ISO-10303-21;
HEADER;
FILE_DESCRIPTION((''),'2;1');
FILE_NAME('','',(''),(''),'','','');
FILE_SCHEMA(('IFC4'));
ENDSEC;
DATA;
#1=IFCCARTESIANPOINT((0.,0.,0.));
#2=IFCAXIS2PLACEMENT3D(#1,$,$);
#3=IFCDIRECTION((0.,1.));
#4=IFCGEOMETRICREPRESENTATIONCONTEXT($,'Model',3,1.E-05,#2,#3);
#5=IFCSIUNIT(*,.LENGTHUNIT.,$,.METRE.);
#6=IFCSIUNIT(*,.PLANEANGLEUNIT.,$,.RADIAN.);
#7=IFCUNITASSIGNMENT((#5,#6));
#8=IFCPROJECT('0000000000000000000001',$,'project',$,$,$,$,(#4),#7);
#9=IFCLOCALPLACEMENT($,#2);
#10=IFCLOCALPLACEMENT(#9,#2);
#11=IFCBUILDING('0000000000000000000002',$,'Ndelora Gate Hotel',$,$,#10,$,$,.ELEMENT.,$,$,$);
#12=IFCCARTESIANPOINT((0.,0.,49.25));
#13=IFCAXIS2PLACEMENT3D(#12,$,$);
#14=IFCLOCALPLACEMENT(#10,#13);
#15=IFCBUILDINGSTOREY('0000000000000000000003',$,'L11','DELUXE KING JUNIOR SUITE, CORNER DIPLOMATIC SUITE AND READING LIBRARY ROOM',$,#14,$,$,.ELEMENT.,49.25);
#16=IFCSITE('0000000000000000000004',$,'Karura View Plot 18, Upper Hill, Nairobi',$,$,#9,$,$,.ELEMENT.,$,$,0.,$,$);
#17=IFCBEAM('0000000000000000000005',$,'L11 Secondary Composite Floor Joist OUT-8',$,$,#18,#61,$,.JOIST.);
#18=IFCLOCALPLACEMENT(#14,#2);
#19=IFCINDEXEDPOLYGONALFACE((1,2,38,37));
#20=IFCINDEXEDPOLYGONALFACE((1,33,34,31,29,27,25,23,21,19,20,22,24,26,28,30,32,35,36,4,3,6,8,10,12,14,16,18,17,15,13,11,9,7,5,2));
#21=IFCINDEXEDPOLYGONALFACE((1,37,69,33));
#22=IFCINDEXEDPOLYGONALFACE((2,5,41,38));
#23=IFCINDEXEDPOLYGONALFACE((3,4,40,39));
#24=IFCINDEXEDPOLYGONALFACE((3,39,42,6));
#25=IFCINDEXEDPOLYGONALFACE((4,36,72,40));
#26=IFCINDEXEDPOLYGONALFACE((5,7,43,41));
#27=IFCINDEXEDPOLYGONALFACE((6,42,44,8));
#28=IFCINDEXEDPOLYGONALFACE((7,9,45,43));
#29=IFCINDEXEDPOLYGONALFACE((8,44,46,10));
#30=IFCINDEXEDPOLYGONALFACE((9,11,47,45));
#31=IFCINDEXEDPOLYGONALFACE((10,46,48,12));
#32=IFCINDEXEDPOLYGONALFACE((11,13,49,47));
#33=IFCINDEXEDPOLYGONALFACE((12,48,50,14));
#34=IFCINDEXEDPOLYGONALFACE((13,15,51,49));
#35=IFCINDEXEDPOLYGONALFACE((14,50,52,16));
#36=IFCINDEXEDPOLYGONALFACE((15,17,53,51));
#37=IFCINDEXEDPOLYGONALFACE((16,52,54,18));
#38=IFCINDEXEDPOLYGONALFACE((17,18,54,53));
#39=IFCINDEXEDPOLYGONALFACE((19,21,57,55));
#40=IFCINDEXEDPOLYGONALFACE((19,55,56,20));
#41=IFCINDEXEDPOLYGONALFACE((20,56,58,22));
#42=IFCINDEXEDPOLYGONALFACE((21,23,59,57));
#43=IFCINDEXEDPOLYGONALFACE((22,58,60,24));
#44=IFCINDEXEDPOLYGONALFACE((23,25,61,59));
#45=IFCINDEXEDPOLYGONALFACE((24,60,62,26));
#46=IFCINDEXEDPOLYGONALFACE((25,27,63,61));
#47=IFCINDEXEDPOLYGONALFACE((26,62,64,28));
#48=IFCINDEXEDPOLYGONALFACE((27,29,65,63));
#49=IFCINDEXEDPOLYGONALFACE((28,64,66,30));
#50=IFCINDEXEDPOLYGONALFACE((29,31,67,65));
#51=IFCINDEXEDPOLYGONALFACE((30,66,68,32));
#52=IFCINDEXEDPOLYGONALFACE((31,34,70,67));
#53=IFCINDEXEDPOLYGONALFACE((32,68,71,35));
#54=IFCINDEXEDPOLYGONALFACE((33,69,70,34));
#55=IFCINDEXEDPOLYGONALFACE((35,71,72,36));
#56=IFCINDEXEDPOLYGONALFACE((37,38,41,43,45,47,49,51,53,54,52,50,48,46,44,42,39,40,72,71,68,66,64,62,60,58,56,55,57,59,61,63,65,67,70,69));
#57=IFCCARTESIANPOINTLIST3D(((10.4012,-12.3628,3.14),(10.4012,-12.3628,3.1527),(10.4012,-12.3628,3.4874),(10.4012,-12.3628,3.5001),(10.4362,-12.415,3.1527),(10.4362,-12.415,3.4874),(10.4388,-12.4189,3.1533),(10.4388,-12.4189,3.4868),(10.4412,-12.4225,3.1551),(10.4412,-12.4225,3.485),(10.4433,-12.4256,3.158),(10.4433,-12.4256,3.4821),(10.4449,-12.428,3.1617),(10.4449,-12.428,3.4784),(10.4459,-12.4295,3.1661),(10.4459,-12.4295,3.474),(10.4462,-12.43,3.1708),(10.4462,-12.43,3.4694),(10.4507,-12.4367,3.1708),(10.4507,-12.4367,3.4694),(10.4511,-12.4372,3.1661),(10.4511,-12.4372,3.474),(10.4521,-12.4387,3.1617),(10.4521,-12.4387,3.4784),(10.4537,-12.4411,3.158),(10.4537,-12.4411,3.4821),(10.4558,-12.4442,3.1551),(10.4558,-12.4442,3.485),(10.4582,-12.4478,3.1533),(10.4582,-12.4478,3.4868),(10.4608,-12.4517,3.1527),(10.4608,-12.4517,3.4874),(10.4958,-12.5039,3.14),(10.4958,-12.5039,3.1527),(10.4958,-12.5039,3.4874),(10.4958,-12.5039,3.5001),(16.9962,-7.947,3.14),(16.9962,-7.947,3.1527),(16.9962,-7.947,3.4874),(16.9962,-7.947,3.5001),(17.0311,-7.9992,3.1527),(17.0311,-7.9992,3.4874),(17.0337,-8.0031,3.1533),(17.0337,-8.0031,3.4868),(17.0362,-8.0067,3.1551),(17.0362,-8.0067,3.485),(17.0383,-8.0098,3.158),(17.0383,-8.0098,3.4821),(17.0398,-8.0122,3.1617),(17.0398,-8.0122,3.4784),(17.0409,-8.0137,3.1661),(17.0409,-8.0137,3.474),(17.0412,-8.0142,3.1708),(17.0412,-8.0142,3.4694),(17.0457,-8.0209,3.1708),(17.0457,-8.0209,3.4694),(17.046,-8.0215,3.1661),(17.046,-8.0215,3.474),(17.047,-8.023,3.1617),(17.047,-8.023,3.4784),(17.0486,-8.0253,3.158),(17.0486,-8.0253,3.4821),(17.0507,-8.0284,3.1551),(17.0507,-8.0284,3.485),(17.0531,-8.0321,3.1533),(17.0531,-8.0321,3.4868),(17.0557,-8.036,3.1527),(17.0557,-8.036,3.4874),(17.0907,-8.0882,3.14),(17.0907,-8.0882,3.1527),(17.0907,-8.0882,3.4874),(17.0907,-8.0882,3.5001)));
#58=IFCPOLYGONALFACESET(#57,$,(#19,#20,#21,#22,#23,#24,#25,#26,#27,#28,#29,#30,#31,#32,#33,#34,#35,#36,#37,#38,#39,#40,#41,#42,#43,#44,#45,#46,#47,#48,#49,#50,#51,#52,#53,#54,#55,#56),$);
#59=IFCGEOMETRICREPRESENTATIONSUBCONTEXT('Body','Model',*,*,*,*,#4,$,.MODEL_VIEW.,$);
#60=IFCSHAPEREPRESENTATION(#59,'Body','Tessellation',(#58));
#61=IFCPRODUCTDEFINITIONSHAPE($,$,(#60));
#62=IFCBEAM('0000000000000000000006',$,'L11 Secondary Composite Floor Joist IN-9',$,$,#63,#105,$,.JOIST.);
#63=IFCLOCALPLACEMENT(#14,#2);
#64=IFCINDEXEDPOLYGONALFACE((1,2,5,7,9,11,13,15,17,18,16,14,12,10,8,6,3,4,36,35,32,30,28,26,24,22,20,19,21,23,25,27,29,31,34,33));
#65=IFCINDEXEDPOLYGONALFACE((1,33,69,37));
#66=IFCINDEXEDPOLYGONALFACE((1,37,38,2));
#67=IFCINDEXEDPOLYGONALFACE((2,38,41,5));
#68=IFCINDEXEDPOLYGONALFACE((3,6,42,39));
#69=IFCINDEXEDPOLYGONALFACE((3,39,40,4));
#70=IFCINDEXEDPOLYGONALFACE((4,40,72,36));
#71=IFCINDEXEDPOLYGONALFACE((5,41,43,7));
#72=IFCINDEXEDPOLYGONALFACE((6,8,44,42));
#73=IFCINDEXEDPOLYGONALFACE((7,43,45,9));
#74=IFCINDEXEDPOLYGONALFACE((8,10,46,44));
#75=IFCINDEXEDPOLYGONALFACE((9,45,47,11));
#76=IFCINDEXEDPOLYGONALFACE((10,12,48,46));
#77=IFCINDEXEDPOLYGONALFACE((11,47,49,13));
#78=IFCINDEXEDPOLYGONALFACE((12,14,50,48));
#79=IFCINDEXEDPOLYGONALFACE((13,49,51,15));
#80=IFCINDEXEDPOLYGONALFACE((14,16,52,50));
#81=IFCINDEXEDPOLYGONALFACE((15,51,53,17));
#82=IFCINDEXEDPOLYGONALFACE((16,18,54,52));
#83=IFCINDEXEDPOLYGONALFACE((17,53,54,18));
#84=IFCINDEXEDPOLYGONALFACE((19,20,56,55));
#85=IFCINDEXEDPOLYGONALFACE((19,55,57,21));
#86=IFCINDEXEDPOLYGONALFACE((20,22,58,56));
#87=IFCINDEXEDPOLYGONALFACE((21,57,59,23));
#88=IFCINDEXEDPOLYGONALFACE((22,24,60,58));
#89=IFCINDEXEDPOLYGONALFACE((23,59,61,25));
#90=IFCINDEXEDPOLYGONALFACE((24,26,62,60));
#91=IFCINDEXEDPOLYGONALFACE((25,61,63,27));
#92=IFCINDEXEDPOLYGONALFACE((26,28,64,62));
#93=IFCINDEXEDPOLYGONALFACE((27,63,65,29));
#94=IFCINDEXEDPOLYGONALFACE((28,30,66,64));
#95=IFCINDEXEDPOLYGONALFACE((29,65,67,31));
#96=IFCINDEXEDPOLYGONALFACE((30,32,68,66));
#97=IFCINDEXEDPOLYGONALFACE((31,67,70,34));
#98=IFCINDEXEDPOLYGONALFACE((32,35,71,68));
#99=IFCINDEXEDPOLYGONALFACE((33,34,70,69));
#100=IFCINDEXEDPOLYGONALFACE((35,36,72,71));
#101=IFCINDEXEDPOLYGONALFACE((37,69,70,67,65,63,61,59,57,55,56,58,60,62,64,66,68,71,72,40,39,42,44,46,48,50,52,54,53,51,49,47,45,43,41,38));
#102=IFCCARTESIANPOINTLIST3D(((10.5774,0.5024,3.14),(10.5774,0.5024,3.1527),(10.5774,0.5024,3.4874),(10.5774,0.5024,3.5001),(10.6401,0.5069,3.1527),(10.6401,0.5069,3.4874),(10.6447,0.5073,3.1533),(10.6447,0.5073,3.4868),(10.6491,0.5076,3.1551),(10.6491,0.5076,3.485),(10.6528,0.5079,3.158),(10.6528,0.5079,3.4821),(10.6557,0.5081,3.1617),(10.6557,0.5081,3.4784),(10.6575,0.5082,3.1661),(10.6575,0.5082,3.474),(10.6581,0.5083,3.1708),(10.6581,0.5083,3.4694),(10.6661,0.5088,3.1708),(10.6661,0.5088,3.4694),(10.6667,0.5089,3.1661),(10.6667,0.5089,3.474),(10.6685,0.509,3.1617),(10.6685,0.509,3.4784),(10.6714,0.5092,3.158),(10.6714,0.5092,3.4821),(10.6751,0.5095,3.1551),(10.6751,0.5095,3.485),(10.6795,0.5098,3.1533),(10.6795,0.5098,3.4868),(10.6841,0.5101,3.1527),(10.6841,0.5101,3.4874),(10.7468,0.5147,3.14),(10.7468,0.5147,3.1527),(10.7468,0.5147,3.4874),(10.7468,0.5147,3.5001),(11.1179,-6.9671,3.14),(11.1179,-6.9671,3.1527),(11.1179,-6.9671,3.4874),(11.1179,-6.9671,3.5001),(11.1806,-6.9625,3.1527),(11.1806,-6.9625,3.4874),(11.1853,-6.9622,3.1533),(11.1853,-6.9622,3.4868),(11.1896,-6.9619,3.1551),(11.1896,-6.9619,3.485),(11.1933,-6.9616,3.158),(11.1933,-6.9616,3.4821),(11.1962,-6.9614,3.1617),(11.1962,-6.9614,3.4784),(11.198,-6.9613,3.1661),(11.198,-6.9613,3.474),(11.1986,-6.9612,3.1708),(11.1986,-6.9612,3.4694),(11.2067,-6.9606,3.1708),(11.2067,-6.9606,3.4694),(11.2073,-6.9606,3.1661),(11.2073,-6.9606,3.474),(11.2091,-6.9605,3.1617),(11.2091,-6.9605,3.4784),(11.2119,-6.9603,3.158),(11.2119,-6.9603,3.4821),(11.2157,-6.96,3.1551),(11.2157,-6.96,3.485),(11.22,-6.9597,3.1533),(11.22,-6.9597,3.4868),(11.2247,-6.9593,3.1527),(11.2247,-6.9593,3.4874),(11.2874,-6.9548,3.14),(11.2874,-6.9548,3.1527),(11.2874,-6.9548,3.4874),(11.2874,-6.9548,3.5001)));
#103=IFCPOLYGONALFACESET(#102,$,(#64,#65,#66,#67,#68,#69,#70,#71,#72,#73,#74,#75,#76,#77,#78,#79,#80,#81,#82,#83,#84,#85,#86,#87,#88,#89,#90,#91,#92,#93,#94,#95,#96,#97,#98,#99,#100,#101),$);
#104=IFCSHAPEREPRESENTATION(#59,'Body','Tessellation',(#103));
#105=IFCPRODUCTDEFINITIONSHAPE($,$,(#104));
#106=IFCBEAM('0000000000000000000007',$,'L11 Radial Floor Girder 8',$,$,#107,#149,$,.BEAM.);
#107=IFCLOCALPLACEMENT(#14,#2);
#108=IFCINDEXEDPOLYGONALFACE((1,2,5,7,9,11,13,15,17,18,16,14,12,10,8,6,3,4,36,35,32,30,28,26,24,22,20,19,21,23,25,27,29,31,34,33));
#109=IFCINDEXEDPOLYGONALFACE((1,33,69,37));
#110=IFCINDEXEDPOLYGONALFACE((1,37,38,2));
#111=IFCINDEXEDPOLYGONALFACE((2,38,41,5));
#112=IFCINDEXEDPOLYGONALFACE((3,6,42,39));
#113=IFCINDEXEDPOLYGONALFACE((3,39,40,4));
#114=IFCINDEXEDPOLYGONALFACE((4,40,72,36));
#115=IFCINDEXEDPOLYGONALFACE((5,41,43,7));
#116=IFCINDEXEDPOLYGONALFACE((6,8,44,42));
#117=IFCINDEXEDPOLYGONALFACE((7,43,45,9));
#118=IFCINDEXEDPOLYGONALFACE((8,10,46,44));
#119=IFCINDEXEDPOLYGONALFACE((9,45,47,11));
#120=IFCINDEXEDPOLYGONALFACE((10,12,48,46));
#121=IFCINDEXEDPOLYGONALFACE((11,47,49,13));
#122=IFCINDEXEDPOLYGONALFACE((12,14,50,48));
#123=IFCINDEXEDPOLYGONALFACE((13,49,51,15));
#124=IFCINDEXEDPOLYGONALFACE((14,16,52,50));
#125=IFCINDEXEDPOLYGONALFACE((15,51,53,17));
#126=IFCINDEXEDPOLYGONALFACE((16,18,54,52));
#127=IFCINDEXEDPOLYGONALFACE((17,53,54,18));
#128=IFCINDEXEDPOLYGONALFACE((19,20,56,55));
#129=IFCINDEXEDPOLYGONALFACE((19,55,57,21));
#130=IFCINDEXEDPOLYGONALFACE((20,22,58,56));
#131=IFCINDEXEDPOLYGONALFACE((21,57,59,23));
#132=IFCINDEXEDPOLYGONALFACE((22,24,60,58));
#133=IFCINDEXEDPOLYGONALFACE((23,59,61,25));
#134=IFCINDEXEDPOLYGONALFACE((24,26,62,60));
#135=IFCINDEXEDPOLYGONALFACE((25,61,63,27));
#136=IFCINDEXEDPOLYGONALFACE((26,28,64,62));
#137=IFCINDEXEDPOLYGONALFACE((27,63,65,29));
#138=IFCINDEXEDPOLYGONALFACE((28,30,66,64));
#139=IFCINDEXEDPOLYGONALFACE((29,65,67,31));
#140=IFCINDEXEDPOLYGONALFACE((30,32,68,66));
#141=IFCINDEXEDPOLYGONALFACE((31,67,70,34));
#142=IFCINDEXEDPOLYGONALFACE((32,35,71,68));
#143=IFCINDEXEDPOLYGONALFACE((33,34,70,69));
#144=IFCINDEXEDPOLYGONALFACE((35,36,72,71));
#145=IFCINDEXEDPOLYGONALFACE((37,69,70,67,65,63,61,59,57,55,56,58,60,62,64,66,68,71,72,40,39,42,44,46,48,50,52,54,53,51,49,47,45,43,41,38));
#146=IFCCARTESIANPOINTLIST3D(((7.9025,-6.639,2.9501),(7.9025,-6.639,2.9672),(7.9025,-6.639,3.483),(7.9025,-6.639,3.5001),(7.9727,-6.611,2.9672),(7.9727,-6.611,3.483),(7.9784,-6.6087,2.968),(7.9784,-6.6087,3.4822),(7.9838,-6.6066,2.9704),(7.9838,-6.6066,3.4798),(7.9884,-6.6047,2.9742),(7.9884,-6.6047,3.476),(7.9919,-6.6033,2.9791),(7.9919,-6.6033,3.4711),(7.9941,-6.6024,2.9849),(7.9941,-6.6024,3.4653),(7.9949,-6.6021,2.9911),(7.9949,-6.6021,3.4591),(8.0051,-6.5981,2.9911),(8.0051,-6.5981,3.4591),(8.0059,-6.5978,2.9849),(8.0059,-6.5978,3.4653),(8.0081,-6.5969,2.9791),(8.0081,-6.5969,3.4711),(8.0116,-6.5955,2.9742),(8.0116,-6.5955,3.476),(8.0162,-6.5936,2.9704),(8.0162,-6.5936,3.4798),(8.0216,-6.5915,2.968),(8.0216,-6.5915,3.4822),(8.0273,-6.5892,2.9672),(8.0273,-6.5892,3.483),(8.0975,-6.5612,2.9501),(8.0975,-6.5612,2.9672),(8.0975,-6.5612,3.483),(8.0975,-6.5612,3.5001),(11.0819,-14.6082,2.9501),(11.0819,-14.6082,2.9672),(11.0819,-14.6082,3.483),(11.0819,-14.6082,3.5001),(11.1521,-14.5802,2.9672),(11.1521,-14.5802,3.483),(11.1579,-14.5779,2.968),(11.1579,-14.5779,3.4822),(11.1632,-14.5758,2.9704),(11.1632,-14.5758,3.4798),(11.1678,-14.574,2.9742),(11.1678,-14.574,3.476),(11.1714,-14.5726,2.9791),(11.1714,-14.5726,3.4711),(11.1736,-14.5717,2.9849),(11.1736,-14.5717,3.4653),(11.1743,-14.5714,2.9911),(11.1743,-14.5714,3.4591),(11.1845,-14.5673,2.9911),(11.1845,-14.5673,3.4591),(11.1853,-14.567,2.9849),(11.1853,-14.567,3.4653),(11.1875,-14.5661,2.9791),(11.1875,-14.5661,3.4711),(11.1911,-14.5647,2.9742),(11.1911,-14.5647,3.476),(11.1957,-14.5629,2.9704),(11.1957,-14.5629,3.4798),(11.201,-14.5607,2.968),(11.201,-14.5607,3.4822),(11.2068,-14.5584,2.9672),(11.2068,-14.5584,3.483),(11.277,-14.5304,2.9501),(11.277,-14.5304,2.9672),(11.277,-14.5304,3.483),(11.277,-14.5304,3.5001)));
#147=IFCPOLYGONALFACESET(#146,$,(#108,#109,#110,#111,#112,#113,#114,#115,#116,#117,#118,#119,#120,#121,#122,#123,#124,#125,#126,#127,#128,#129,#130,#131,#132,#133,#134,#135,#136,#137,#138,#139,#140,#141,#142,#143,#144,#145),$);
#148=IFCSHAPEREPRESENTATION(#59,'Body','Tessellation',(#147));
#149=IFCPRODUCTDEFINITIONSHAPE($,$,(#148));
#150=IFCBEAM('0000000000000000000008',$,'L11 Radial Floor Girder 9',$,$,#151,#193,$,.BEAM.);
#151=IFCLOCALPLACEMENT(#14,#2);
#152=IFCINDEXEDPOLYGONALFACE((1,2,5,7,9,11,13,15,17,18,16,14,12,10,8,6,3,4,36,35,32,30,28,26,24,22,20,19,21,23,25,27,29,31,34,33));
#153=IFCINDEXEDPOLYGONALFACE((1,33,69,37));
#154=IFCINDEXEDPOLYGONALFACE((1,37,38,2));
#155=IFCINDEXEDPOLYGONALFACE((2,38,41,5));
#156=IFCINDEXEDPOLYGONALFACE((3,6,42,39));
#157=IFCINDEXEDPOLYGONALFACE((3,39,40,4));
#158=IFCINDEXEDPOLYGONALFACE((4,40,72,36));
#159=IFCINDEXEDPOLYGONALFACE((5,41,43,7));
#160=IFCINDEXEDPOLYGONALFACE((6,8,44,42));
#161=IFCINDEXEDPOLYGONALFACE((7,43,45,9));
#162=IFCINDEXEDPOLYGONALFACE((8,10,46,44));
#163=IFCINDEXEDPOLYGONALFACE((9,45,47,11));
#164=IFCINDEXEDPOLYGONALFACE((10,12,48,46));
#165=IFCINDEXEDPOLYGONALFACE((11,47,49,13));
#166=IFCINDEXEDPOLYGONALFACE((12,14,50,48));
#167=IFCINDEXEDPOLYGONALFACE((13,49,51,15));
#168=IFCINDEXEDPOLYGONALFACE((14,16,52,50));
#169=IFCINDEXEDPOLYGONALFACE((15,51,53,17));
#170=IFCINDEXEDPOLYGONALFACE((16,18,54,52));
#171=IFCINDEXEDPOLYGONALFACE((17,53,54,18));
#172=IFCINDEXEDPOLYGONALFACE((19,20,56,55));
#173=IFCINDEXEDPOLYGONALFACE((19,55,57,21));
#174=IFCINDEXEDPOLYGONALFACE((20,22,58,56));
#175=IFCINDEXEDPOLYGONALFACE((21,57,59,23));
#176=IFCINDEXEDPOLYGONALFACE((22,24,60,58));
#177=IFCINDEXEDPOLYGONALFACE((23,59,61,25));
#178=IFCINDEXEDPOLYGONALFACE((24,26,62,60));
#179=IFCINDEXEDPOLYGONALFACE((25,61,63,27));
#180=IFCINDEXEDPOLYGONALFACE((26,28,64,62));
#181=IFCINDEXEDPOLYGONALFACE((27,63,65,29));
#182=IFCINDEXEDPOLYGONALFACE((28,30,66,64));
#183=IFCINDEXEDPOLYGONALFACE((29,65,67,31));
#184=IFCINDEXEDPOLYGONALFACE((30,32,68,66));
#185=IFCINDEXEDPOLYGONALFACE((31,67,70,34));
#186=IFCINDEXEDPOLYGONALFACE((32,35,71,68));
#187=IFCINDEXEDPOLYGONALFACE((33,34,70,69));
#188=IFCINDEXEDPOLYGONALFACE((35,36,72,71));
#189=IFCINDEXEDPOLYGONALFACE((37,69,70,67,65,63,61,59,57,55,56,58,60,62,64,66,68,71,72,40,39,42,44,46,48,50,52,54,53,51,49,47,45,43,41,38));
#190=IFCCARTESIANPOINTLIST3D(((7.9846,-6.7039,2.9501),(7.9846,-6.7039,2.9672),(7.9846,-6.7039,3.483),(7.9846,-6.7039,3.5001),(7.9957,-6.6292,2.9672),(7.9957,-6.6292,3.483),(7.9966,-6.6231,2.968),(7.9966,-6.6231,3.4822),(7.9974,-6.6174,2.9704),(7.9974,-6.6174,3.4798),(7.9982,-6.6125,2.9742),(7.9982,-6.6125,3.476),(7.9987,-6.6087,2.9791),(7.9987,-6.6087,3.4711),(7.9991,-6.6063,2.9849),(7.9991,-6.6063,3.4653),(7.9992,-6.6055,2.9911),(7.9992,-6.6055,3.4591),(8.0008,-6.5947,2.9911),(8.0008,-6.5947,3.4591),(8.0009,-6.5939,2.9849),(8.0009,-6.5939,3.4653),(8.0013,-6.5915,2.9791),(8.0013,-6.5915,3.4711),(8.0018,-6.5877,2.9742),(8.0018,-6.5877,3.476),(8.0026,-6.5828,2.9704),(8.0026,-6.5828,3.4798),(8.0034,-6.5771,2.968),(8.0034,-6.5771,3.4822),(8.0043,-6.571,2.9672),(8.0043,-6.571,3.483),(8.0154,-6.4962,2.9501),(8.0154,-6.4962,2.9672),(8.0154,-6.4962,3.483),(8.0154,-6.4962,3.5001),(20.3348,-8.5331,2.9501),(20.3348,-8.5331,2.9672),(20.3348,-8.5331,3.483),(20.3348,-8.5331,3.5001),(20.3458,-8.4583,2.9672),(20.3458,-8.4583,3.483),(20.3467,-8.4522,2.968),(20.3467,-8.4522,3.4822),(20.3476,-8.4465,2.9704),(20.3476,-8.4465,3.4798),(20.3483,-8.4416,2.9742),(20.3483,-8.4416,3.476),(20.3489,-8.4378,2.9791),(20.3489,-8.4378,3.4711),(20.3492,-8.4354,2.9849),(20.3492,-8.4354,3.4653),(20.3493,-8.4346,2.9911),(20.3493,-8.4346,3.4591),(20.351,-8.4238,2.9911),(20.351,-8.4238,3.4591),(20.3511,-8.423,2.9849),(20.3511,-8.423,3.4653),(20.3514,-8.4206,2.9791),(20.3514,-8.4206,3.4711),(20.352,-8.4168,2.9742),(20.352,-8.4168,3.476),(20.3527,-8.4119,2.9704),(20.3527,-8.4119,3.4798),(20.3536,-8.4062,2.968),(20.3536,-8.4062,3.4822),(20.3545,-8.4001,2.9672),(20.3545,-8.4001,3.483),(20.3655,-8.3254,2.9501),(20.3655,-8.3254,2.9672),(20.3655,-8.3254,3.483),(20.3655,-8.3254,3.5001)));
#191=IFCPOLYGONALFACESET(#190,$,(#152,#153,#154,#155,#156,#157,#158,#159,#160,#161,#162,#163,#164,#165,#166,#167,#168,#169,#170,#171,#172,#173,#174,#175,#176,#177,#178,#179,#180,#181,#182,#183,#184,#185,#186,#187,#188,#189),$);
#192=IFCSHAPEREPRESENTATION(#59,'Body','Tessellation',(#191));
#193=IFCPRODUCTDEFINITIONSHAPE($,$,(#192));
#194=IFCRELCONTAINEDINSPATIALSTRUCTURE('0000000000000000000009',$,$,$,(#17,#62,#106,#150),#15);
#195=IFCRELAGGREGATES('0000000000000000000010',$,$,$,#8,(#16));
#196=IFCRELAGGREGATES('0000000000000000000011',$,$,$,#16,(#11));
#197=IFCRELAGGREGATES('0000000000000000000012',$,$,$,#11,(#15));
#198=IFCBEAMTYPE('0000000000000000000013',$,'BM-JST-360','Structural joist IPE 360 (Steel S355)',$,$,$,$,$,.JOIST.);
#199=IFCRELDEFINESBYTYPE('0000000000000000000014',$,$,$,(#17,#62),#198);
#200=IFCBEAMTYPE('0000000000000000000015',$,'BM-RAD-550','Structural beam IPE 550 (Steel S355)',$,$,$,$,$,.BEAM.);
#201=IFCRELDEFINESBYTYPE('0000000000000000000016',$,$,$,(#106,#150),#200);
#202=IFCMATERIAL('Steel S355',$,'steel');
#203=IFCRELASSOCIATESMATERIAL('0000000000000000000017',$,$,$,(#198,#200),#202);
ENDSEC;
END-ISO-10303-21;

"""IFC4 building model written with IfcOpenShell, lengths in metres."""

from ifc_helpers import new_model, si_unit, direction, frame, origin, origin_2d, place, context, subcontext, project, spatial, i_section, extrude, material, material_profile, profile_set, type_object, element, save


model = new_model("IFC4")

# Units and contexts
model_context = context("Model", 3, precision=1e-05, world=origin(), true_north=direction((0.0, 1.0)))
body_context = subcontext(model_context, "Body", "Model", "MODEL_VIEW")
ifc_project = project(units=[si_unit("LENGTHUNIT", "METRE"), si_unit("PLANEANGLEUNIT", "RADIAN")], contexts=[model_context])

# Site, building, storey
site_placement = place(None, origin())
site = spatial("IfcSite", under=ifc_project, at=site_placement, Name="Karura View Plot 18, Upper Hill, Nairobi", CompositionType="ELEMENT", RefElevation=0.0)
building_placement = place(site_placement, origin())
building = spatial("IfcBuilding", under=site, at=building_placement, Name="Ndelora Gate Hotel", CompositionType="ELEMENT")
storey_placement = place(building_placement, frame((0.0, 0.0, 49.25)))
storey = spatial("IfcBuildingStorey", under=building, at=storey_placement, Name="L11", Description="DELUXE KING JUNIOR SUITE, CORNER DIPLOMATIC SUITE AND READING LIBRARY ROOM", CompositionType="ELEMENT", Elevation=49.25)

# Beams
ifc_material_1 = material(Name="Steel S355", Category="steel")
ifc_material_profile_1 = material_profile(ifc_material_1, i_section(OverallWidth=0.1699, OverallDepth=0.3601, WebThickness=0.0081, FlangeThickness=0.0127, FilletRadius=0.0181, at=origin_2d()), Name="IPE 360")
ifc_profile_set_1 = profile_set([ifc_material_profile_1], Name="Steel S355")
beam_type_1 = type_object("IfcBeamType", Name="BM-JST-360", Description="Structural joist IPE 360 (Steel S355)", PredefinedType="JOIST", material=ifc_profile_set_1)
beam_1_placement = place(storey_placement, frame((10.4485, -12.4333, 3.3201), z_axis=(0.830937, 0.556367, 0.0), x_axis=(-0.556367, 0.830937, 0.0)))
element("IfcBeam", 1, at=beam_1_placement, inside=storey, type_object=beam_type_1, Name="L11 Secondary Composite Floor Joist OUT-8", PredefinedType="JOIST", context=body_context, shape_type="SweptSolid", body=[
    extrude(i_section(OverallWidth=0.1699, OverallDepth=0.3601, WebThickness=0.0081, FlangeThickness=0.0127, FilletRadius=0.0181, at=origin_2d()), origin(), (0.0, 0.0, 1.0), 7.9368),
])
beam_2_placement = place(storey_placement, frame((11.2026, -6.9609, 3.3201), z_axis=(-0.072176, 0.997392, 0.0), x_axis=(-0.997392, -0.072176, 0.0)))
element("IfcBeam", 2, at=beam_2_placement, inside=storey, type_object=beam_type_1, Name="L11 Secondary Composite Floor Joist IN-9", PredefinedType="JOIST", context=body_context, shape_type="SweptSolid", body=[
    extrude(i_section(OverallWidth=0.1699, OverallDepth=0.3601, WebThickness=0.0081, FlangeThickness=0.0127, FilletRadius=0.0181, at=origin_2d()), origin(), (0.0, 0.0, 1.0), 7.489),
])
ifc_material_profile_2 = material_profile(ifc_material_1, i_section(OverallWidth=0.21, OverallDepth=0.55, WebThickness=0.011, FlangeThickness=0.0171, FilletRadius=0.0239, at=origin_2d()), Name="IPE 550")
ifc_profile_set_2 = profile_set([ifc_material_profile_2], Name="Steel S355")
beam_type_2 = type_object("IfcBeamType", Name="BM-RAD-550", Description="Structural beam IPE 550 (Steel S355)", PredefinedType="BEAM", material=ifc_profile_set_2)
beam_3_placement = place(storey_placement, frame((8.0, -6.6001, 3.2251), z_axis=(0.370561, -0.928808, 0.0), x_axis=(0.928808, 0.370561, 0.0)))
element("IfcBeam", 3, at=beam_3_placement, inside=storey, type_object=beam_type_2, Name="L11 Radial Floor Girder 8", PredefinedType="BEAM", context=body_context, shape_type="SweptSolid", body=[
    extrude(i_section(OverallWidth=0.21, OverallDepth=0.55, WebThickness=0.011, FlangeThickness=0.0171, FilletRadius=0.0239, at=origin_2d()), origin(), (0.0, 0.0, 1.0), 8.5801),
])
beam_4_placement = place(storey_placement, frame((8.0, -6.6001, 3.2251), z_axis=(0.98921, -0.146506, 0.0), x_axis=(0.146506, 0.98921, 0.0)))
element("IfcBeam", 4, at=beam_4_placement, inside=storey, type_object=beam_type_2, Name="L11 Radial Floor Girder 9", PredefinedType="BEAM", context=body_context, shape_type="SweptSolid", body=[
    extrude(i_section(OverallWidth=0.21, OverallDepth=0.55, WebThickness=0.011, FlangeThickness=0.0171, FilletRadius=0.0239, at=origin_2d()), origin(), (0.0, 0.0, 1.0), 12.4849),
])

save(model, "model.ifc")
